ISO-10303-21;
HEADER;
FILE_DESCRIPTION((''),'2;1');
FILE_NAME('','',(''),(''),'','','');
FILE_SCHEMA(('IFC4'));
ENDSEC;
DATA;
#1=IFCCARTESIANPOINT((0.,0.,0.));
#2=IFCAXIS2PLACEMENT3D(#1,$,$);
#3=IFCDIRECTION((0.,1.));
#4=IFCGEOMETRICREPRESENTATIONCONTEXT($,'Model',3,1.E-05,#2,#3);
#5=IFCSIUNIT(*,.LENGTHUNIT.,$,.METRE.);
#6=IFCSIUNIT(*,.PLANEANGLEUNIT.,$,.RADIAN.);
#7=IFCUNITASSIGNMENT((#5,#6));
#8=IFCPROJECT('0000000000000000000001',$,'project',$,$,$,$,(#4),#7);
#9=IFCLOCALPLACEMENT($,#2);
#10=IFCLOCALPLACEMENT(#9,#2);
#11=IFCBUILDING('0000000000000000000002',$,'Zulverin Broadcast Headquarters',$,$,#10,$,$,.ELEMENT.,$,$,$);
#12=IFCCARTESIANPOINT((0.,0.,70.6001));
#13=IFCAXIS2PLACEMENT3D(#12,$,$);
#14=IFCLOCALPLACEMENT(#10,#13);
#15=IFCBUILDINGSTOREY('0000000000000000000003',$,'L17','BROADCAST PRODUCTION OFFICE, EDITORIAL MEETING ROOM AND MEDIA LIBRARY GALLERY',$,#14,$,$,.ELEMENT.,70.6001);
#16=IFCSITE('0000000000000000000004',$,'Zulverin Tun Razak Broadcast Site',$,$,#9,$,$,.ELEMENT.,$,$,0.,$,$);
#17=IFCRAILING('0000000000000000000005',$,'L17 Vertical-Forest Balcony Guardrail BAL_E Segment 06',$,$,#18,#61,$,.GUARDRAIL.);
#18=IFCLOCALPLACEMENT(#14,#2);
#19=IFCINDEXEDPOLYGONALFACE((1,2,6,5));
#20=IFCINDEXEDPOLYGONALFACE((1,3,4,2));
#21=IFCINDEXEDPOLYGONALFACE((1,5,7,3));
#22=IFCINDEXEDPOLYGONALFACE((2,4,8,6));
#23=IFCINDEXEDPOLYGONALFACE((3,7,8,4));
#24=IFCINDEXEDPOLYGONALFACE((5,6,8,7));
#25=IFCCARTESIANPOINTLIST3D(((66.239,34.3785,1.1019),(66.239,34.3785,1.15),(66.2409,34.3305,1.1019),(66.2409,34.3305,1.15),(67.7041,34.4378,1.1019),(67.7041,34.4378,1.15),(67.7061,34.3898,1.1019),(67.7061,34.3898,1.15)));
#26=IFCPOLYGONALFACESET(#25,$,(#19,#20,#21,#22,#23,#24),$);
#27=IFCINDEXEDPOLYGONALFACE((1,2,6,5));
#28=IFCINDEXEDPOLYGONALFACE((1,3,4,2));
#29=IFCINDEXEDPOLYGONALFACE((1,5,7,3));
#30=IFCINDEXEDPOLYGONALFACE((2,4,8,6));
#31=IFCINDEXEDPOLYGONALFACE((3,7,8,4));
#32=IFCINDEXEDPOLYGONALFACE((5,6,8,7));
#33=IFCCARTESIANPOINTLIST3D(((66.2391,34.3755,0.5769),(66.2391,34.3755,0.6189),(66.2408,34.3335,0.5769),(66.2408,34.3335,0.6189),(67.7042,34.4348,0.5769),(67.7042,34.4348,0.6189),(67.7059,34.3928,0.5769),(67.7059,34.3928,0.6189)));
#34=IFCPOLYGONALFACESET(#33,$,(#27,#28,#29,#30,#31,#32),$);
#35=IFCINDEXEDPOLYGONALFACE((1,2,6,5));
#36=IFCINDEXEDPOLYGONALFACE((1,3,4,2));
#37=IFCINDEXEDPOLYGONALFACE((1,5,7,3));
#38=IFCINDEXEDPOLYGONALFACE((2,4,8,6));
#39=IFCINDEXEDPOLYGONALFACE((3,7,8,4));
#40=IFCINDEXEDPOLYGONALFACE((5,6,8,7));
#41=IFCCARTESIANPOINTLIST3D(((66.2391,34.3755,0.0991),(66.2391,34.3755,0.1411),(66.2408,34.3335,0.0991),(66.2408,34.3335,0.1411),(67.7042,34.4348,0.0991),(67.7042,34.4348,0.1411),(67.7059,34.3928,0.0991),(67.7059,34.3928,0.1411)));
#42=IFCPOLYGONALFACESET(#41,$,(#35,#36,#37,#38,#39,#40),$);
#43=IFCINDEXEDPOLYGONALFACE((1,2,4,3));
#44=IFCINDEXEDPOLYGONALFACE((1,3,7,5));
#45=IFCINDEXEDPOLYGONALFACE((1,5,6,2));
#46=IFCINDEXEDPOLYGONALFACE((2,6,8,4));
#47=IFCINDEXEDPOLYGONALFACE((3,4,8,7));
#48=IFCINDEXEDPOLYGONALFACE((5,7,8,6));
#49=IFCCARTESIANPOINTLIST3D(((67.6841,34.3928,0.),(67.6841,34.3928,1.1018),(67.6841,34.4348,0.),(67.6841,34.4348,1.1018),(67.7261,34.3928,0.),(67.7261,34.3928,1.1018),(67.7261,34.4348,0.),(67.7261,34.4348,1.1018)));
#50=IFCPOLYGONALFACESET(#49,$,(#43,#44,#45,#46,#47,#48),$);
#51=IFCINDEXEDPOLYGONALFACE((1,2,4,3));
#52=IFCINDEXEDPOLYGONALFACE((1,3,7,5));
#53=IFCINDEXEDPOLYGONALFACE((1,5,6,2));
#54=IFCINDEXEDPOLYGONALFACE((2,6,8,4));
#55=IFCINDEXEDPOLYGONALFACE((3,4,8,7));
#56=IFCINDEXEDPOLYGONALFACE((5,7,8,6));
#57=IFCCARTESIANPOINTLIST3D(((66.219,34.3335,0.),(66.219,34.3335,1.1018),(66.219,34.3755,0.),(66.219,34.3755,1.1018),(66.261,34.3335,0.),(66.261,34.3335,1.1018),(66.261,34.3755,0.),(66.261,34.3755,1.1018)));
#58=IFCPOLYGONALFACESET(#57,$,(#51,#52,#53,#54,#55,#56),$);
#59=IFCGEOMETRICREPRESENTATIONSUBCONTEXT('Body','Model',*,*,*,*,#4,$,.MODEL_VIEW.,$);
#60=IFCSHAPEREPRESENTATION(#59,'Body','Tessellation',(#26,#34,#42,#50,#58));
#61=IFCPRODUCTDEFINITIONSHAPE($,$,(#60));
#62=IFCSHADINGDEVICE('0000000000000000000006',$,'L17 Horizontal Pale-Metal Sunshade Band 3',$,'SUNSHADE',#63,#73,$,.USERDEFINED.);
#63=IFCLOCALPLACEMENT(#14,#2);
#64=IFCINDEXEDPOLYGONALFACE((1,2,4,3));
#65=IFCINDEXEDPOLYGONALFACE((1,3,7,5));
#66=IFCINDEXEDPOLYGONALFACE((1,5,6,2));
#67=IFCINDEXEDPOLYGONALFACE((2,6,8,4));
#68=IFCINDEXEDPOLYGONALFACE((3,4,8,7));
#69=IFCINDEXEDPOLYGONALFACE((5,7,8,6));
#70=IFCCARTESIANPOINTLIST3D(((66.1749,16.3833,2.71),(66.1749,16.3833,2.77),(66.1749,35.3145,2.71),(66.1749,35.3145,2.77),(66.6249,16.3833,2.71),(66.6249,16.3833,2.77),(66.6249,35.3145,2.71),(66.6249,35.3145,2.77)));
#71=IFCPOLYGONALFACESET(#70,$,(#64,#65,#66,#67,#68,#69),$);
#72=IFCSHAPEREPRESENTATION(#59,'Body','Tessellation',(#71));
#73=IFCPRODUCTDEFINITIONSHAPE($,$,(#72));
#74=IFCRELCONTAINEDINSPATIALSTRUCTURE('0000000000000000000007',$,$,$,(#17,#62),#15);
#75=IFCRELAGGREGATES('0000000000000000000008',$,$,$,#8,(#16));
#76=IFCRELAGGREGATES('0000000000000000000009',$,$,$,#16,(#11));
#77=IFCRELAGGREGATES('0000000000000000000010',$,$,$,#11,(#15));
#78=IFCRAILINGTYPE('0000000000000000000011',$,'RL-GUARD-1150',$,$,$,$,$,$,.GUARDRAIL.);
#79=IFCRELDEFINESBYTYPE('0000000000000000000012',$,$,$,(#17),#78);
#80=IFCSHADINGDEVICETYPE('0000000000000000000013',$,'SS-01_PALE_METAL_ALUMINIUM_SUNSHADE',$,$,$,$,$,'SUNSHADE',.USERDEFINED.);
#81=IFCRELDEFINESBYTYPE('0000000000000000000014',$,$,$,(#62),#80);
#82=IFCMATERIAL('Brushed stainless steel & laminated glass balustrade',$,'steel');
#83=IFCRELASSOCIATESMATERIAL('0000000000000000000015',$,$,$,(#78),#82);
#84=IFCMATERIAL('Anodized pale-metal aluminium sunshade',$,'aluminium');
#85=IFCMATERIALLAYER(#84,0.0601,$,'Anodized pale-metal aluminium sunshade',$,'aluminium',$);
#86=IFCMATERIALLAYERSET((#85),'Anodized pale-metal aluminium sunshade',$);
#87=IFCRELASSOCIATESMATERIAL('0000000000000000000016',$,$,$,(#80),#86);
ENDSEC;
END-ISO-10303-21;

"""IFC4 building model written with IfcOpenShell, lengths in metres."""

from ifc_helpers import new_model, si_unit, direction, frame, origin, origin_2d, place, context, subcontext, project, spatial, rectangle, extrude, material, layer, layer_set, type_object, element, save


model = new_model("IFC4")

# Units and contexts
model_context = context("Model", 3, precision=1e-05, world=origin(), true_north=direction((0.0, 1.0)))
body_context = subcontext(model_context, "Body", "Model", "MODEL_VIEW")
ifc_project = project(units=[si_unit("LENGTHUNIT", "METRE"), si_unit("PLANEANGLEUNIT", "RADIAN")], contexts=[model_context])

# Site, building, storey
site_placement = place(None, origin())
site = spatial("IfcSite", under=ifc_project, at=site_placement, Name="Zulverin Tun Razak Broadcast Site", CompositionType="ELEMENT", RefElevation=0.0)
building_placement = place(site_placement, origin())
building = spatial("IfcBuilding", under=site, at=building_placement, Name="Zulverin Broadcast Headquarters", CompositionType="ELEMENT")
storey_placement = place(building_placement, frame((0.0, 0.0, 70.6001)))
storey = spatial("IfcBuildingStorey", under=building, at=storey_placement, Name="L17", Description="BROADCAST PRODUCTION OFFICE, EDITORIAL MEETING ROOM AND MEDIA LIBRARY GALLERY", CompositionType="ELEMENT", Elevation=70.6001)

# Railing
ifc_material_1 = material(Name="Brushed stainless steel & laminated glass balustrade", Category="steel")
railing_type = type_object("IfcRailingType", Name="RL-GUARD-1150", PredefinedType="GUARDRAIL", material=ifc_material_1)
railing_1_placement = place(storey_placement, frame((67.7051, 34.4138, 0.0)))
element("IfcRailing", 1, at=railing_1_placement, inside=storey, type_object=railing_type, Name="L17 Vertical-Forest Balcony Guardrail BAL_E Segment 06", PredefinedType="GUARDRAIL", context=body_context, shape_type="SweptSolid", body=[
    extrude(rectangle(XDim=0.0481, YDim=0.0481, at=origin_2d()), frame((0.0, 0.0, 1.126), z_axis=(-0.999181, -0.04046, 0.0), x_axis=(0.04046, -0.999181, 0.0)), (0.0, 0.0, 1.0), 1.4663),
    extrude(rectangle(XDim=0.042, YDim=0.042, at=origin_2d()), frame((0.0, 0.0, 0.5979), z_axis=(-0.999181, -0.04046, 0.0), x_axis=(0.04046, -0.999181, 0.0)), (0.0, 0.0, 1.0), 1.4663),
    extrude(rectangle(XDim=0.042, YDim=0.042, at=origin_2d()), frame((0.0, 0.0, 0.1201), z_axis=(-0.999181, -0.04046, 0.0), x_axis=(0.04046, -0.999181, 0.0)), (0.0, 0.0, 1.0), 1.4663),
    extrude(rectangle(XDim=0.042, YDim=0.042, at=origin_2d()), origin(), (0.0, 0.0, 1.0), 1.1018),
    extrude(rectangle(XDim=0.042, YDim=0.042, at=origin_2d()), frame((-1.4651, -0.0593, 0.0)), (0.0, 0.0, 1.0), 1.1018),
])

# Shading device
ifc_material_2 = material(Name="Anodized pale-metal aluminium sunshade", Category="aluminium")
ifc_layer_1 = layer(ifc_material_2, 0.0601, Name="Anodized pale-metal aluminium sunshade", Category="aluminium")
ifc_layer_set_1 = layer_set([ifc_layer_1], Name="Anodized pale-metal aluminium sunshade")
shading_device_type = type_object("IfcShadingDeviceType", Name="SS-01_PALE_METAL_ALUMINIUM_SUNSHADE", ElementType="SUNSHADE", PredefinedType="USERDEFINED", material=ifc_layer_set_1)
shading_device_placement = place(storey_placement, frame((66.3999, 25.8489, 2.71), z_axis=(0.0, 0.0, 1.0), x_axis=(0.0, 1.0, 0.0)))
element("IfcShadingDevice", 2, at=shading_device_placement, inside=storey, type_object=shading_device_type, Name="L17 Horizontal Pale-Metal Sunshade Band 3", ObjectType="SUNSHADE", PredefinedType="USERDEFINED", context=body_context, shape_type="SweptSolid", body=[
    extrude(rectangle(XDim=18.9312, YDim=0.45, at=origin_2d()), origin(), (0.0, 0.0, 1.0), 0.0601),
])

save(model, "model.ifc")
